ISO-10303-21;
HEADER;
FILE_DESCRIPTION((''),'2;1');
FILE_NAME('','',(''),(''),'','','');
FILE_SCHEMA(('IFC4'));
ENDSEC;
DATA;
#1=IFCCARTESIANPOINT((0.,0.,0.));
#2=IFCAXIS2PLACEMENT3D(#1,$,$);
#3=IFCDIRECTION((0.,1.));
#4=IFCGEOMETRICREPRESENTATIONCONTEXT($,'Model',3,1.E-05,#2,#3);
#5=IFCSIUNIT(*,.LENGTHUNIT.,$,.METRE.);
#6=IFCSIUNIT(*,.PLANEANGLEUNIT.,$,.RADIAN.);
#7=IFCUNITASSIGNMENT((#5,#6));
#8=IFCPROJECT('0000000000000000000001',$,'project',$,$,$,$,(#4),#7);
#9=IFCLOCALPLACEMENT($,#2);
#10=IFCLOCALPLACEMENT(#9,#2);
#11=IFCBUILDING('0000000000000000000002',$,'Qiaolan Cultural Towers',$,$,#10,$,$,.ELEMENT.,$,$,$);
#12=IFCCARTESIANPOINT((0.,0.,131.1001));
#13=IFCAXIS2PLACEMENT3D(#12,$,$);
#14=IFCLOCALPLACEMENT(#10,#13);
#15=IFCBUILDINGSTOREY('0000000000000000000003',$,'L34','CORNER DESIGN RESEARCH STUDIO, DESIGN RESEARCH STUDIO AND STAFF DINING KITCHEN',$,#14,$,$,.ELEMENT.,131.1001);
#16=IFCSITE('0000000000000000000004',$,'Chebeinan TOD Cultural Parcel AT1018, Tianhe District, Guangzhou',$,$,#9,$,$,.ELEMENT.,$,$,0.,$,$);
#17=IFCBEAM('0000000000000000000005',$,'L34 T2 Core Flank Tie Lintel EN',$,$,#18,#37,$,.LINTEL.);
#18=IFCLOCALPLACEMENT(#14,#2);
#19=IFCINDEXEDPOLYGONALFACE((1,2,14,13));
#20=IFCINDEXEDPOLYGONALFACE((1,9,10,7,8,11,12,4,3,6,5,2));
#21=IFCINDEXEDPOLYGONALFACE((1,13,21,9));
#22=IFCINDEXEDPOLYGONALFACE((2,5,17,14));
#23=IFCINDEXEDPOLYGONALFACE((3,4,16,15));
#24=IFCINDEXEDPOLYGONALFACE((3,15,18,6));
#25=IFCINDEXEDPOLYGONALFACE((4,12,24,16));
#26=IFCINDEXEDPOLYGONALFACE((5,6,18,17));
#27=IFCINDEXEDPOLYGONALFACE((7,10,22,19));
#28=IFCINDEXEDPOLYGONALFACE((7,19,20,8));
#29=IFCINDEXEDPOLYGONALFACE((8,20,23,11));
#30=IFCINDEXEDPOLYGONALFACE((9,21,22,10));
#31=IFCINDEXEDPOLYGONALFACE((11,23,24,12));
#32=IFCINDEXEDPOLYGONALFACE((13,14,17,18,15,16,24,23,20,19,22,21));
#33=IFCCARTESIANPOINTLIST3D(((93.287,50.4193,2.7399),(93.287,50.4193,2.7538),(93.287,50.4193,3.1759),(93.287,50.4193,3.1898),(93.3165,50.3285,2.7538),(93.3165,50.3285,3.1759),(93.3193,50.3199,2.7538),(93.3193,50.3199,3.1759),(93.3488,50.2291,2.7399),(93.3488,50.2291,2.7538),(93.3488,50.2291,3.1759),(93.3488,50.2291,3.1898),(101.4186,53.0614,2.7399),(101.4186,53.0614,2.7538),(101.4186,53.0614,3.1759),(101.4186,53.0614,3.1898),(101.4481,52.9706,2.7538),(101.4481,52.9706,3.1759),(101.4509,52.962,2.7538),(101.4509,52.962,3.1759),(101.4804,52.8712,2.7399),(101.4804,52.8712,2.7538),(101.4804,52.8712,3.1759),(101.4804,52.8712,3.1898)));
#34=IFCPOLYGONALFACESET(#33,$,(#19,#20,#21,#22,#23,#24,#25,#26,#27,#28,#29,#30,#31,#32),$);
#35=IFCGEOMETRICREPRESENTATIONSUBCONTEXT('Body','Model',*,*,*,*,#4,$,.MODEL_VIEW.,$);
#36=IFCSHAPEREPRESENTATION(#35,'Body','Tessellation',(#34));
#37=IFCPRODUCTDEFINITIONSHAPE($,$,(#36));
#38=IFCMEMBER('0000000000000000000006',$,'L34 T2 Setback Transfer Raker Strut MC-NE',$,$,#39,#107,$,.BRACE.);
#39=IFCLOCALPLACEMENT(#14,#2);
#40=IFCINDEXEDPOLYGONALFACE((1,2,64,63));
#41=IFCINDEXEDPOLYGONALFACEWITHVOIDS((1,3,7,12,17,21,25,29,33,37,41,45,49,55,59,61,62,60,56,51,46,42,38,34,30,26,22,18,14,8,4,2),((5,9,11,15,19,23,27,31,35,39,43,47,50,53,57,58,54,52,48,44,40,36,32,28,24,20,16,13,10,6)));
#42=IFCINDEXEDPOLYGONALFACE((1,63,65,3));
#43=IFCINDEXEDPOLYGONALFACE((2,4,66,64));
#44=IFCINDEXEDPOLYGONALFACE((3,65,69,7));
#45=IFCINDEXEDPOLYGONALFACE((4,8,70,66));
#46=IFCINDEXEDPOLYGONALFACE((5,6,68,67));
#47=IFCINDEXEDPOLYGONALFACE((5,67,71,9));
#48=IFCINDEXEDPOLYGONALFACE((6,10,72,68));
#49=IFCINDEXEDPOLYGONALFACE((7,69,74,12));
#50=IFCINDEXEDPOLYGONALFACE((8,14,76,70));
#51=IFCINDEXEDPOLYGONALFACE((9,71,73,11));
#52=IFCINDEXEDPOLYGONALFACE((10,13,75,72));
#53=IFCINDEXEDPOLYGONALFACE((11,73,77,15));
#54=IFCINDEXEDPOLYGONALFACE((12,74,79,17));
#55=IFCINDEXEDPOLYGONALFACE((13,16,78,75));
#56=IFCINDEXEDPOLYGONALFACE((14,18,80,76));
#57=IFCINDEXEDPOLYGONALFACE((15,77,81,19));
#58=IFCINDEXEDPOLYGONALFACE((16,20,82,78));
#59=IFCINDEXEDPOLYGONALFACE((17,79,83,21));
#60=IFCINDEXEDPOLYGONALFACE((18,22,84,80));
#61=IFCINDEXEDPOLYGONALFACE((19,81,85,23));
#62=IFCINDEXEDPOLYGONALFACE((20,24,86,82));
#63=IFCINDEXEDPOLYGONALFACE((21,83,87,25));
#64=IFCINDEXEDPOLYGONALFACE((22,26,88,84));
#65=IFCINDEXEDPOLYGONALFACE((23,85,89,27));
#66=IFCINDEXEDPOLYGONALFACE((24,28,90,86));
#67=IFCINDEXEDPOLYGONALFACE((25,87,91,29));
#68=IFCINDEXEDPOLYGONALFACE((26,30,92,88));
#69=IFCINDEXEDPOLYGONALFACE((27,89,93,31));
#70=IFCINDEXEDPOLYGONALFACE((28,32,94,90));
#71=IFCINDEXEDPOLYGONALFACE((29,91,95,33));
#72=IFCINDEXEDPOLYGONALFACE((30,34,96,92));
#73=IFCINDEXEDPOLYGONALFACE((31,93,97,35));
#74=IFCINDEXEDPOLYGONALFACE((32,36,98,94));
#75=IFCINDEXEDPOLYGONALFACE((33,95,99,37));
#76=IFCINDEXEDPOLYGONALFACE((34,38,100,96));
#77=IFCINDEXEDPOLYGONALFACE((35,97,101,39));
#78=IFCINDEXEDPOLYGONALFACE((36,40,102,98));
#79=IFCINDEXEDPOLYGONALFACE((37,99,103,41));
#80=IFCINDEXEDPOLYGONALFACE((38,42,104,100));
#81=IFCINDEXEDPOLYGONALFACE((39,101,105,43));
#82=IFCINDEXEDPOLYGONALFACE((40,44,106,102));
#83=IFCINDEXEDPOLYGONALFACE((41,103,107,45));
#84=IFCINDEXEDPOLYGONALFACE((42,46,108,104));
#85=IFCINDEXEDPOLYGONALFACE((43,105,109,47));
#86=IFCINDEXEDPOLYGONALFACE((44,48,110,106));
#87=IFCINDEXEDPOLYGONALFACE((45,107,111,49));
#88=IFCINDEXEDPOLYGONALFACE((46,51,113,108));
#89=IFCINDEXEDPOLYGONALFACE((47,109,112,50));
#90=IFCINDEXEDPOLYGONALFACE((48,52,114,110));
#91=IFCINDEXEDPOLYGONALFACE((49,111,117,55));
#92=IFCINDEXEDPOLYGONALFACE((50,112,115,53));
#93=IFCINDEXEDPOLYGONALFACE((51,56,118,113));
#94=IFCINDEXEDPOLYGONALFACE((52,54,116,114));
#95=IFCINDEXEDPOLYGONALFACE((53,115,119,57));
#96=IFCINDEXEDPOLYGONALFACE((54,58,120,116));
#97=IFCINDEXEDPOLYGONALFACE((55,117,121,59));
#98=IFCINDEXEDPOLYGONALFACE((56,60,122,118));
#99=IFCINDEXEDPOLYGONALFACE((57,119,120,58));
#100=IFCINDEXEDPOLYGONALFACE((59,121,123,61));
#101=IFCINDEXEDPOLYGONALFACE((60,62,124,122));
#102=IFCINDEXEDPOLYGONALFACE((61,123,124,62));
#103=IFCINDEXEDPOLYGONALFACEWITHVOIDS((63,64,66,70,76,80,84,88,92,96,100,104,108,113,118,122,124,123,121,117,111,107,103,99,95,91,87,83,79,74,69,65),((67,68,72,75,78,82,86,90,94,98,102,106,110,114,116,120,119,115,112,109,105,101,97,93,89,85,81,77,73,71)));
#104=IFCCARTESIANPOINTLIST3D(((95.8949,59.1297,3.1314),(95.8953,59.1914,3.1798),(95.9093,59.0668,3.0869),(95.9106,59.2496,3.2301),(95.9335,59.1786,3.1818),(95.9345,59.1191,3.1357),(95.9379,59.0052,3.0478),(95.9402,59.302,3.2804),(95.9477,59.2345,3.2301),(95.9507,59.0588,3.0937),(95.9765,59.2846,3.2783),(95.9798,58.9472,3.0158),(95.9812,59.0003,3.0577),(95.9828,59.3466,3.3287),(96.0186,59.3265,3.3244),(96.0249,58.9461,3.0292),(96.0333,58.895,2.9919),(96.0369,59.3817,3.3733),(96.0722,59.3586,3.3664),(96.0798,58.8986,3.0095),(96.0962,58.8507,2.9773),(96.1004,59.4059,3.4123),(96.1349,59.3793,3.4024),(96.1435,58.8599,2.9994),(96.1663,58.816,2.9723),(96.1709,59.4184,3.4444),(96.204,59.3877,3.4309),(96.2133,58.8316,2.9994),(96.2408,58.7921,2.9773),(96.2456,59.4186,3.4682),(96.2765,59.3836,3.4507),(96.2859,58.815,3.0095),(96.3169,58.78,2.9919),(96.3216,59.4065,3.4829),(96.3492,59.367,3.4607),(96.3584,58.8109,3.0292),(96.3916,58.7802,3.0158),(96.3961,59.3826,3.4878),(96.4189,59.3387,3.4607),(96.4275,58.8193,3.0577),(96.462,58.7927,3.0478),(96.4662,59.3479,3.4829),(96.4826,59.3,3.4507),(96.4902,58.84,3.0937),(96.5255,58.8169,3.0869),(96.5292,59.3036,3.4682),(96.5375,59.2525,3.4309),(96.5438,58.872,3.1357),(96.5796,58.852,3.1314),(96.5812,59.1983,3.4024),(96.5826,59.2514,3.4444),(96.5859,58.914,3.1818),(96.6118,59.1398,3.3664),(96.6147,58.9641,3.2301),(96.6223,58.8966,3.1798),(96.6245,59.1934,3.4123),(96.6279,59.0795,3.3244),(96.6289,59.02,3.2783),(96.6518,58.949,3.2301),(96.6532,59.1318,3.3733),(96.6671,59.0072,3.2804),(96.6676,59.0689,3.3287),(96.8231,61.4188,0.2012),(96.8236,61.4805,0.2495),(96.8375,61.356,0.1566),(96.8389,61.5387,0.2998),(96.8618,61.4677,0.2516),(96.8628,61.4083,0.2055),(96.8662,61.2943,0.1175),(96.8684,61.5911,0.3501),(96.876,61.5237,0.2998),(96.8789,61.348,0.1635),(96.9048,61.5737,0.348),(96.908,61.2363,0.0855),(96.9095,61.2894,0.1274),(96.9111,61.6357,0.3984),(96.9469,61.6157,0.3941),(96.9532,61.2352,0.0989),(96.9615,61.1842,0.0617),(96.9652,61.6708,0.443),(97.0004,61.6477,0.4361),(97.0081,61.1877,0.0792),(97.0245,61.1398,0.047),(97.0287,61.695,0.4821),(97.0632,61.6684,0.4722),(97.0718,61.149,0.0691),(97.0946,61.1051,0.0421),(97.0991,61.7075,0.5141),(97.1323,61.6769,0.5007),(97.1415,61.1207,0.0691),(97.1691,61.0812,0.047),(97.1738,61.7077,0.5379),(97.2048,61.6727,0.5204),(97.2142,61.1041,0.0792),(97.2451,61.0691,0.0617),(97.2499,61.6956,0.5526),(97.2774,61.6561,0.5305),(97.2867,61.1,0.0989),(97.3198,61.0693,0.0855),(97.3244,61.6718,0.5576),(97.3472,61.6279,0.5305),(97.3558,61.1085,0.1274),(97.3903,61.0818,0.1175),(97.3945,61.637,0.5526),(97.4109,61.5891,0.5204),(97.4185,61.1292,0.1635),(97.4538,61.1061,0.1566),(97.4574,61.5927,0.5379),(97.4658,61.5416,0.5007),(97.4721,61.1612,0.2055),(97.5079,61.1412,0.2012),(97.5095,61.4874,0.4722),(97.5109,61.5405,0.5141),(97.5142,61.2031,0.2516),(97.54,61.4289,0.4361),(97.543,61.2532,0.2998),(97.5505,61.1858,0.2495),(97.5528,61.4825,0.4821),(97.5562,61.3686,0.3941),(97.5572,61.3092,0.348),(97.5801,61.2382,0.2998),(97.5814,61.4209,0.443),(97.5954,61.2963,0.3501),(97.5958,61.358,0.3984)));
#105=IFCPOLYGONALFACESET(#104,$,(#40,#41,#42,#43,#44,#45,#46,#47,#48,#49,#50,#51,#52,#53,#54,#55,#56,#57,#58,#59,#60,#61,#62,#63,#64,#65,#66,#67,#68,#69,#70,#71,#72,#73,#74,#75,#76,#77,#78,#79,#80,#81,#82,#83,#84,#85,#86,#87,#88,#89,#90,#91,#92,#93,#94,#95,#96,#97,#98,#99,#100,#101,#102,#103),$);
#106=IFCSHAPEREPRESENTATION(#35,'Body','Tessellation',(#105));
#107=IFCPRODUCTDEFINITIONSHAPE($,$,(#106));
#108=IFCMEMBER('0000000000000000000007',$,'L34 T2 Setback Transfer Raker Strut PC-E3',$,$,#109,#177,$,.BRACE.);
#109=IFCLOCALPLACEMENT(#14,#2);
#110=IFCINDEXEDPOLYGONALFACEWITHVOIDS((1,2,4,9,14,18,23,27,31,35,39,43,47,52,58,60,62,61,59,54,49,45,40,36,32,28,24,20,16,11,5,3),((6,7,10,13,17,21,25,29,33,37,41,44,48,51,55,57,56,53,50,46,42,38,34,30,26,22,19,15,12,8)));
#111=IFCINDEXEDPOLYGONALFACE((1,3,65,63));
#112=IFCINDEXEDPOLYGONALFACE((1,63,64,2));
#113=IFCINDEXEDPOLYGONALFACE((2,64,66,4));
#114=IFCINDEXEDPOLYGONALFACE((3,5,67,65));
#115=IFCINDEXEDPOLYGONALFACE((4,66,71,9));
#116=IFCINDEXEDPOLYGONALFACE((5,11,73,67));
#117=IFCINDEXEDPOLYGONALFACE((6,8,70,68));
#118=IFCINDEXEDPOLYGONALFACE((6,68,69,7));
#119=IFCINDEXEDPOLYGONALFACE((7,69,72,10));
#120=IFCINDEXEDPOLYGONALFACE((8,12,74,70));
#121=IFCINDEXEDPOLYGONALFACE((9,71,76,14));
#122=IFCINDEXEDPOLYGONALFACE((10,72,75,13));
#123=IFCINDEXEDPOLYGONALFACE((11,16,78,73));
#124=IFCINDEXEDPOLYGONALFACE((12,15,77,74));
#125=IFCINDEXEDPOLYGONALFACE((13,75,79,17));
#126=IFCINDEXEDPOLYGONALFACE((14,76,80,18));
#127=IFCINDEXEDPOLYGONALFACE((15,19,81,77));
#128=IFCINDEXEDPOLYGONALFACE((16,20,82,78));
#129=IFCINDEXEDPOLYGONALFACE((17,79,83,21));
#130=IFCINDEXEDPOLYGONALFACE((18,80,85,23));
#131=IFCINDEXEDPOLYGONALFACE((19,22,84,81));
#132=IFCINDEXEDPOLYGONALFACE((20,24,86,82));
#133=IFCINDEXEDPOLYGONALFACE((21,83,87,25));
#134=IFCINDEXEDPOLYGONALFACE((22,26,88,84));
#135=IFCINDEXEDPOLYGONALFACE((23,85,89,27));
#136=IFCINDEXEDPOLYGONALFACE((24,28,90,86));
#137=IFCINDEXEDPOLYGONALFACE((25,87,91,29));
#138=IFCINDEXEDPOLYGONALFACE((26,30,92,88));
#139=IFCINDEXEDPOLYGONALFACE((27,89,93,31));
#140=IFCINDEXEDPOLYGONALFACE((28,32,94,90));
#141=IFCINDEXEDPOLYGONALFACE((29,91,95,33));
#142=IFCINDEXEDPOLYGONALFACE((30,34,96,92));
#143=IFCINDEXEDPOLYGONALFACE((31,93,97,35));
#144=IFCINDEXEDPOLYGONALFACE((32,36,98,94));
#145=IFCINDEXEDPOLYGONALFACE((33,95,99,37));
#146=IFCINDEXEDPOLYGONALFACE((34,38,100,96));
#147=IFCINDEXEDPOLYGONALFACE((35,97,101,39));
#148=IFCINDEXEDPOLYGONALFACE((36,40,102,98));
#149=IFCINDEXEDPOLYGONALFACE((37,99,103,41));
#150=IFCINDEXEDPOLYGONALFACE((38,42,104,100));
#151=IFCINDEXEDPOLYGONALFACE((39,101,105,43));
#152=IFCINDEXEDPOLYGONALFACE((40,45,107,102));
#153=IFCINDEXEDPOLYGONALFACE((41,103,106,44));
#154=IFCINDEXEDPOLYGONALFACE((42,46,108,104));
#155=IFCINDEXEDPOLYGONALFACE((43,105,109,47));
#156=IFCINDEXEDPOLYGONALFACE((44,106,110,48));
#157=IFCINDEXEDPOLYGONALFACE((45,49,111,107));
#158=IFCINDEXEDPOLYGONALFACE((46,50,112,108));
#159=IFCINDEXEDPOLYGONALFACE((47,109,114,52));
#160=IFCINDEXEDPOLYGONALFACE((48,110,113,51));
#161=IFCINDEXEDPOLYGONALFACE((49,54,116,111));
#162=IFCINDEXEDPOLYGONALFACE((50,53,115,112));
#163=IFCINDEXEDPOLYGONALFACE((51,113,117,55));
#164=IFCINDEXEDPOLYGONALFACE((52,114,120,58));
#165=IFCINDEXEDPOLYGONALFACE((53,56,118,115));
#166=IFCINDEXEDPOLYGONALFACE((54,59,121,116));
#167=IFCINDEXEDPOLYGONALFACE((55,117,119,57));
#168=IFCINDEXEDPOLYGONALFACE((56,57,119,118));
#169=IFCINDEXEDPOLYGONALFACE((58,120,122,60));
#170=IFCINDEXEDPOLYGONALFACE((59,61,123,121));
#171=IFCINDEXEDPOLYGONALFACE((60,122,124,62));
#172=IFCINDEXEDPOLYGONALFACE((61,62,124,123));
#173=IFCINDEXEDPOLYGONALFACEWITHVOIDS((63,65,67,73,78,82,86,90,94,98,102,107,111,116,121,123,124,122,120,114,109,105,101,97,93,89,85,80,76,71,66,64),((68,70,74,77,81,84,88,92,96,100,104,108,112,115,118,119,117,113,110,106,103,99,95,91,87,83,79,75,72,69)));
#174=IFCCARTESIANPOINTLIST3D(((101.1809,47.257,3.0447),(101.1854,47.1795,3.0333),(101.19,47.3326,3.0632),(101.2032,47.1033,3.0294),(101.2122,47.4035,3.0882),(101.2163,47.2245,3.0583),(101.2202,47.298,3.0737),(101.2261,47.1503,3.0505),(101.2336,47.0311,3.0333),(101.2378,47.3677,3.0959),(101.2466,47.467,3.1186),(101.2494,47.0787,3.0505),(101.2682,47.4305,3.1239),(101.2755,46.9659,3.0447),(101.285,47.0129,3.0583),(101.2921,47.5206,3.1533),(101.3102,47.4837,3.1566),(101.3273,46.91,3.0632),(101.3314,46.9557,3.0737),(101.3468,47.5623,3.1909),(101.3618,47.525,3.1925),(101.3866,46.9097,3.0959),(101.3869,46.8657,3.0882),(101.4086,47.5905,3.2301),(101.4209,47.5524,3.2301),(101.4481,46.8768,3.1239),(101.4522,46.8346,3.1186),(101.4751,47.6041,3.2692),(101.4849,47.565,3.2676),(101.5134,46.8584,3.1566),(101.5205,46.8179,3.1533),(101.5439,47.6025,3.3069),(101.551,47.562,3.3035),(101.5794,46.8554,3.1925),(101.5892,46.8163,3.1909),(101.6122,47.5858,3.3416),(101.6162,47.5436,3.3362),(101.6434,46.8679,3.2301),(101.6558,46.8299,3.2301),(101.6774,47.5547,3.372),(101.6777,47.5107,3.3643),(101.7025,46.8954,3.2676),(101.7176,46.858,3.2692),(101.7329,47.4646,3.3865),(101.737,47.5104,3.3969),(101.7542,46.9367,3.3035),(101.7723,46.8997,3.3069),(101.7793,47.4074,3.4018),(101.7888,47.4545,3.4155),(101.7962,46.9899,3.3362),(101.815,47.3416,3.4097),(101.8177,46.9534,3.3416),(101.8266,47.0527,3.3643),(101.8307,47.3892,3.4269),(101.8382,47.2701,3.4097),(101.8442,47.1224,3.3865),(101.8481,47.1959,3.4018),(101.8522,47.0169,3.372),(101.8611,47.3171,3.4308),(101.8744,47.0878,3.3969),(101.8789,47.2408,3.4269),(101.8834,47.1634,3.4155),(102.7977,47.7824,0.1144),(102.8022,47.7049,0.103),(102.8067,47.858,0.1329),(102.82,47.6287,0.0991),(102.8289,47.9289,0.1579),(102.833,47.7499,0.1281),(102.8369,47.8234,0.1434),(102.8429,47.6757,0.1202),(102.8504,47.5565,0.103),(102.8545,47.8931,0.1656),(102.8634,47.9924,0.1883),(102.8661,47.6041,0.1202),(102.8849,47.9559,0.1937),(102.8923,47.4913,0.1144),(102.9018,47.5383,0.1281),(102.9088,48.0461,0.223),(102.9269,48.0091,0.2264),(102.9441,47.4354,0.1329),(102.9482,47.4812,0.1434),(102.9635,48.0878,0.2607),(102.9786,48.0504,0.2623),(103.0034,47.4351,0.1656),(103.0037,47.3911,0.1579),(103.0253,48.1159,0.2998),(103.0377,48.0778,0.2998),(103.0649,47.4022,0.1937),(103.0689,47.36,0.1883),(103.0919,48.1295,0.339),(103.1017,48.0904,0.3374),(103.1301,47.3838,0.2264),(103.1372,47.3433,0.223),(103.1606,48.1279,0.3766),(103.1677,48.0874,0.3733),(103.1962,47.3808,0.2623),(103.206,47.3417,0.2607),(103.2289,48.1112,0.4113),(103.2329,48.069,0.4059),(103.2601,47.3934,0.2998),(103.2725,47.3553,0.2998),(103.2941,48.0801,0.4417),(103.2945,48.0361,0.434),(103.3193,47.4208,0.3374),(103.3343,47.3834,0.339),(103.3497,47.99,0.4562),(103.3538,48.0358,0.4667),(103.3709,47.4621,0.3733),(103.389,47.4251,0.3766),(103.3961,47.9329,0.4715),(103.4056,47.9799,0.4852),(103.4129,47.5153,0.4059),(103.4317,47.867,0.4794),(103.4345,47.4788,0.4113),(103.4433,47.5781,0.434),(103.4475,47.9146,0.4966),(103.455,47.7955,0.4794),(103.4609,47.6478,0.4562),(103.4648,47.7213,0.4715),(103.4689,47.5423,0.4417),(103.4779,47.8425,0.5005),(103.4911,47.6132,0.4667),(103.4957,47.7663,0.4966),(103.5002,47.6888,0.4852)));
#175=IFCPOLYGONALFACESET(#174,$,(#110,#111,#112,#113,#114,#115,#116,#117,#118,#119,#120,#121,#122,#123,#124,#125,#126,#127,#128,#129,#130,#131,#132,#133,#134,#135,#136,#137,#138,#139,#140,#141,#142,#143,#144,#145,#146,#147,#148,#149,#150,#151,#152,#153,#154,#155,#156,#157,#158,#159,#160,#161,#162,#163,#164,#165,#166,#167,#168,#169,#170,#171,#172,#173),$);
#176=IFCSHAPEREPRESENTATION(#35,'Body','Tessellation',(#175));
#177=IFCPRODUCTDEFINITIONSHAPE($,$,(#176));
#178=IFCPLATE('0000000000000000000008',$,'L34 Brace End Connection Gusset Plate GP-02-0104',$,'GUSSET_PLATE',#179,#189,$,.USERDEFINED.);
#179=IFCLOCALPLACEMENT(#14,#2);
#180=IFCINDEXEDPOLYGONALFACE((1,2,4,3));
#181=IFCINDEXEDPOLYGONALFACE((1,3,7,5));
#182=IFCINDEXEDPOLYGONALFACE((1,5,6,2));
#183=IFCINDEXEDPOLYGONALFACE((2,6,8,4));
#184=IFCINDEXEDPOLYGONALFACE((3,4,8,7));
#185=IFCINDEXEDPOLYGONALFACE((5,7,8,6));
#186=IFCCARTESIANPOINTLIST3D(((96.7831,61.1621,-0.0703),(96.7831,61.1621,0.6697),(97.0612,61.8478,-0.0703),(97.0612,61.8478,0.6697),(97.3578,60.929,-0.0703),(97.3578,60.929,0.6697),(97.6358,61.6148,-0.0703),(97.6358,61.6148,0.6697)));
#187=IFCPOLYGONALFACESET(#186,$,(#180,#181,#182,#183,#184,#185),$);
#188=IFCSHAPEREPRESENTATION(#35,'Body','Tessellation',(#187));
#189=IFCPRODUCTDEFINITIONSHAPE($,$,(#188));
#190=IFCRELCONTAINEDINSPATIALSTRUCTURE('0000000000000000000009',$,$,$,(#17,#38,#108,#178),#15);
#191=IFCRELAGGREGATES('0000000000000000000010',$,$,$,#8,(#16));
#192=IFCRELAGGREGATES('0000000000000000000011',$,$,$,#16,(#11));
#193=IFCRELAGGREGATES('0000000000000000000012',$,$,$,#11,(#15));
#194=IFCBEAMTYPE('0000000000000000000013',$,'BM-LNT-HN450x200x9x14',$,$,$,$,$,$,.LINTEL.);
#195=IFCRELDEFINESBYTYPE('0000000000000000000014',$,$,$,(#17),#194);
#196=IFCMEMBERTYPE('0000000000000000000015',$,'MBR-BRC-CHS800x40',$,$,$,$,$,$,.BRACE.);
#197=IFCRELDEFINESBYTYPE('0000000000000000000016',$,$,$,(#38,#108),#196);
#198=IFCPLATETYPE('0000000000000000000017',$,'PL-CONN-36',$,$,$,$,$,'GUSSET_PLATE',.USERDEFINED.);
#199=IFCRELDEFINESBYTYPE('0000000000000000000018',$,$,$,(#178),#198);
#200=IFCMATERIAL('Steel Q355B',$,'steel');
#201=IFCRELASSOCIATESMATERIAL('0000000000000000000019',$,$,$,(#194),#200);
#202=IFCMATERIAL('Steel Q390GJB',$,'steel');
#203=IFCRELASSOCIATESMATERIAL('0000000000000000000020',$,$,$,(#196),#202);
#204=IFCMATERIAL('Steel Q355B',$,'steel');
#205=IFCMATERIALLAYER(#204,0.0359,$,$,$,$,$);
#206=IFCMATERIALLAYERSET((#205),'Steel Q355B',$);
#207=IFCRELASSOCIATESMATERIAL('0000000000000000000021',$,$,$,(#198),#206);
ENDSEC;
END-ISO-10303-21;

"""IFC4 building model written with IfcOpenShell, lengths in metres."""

from ifc_helpers import new_model, si_unit, direction, frame, origin, origin_2d, place, context, subcontext, project, spatial, rectangle, hollow_circle, i_section, extrude, material, layer, layer_set, material_profile, profile_set, type_object, element, save


model = new_model("IFC4")

# Units and contexts
model_context = context("Model", 3, precision=1e-05, world=origin(), true_north=direction((0.0, 1.0)))
body_context = subcontext(model_context, "Body", "Model", "MODEL_VIEW")
ifc_project = project(units=[si_unit("LENGTHUNIT", "METRE"), si_unit("PLANEANGLEUNIT", "RADIAN")], contexts=[model_context])

# Site, building, storey
site_placement = place(None, origin())
site = spatial("IfcSite", under=ifc_project, at=site_placement, Name="Chebeinan TOD Cultural Parcel AT1018, Tianhe District, Guangzhou", CompositionType="ELEMENT", RefElevation=0.0)
building_placement = place(site_placement, origin())
building = spatial("IfcBuilding", under=site, at=building_placement, Name="Qiaolan Cultural Towers", CompositionType="ELEMENT")
storey_placement = place(building_placement, frame((0.0, 0.0, 131.1001)))
storey = spatial("IfcBuildingStorey", under=building, at=storey_placement, Name="L34", Description="CORNER DESIGN RESEARCH STUDIO, DESIGN RESEARCH STUDIO AND STAFF DINING KITCHEN", CompositionType="ELEMENT", Elevation=131.1001)

# Beam
ifc_material_1 = material(Name="Steel Q355B", Category="steel")
ifc_material_profile_1 = material_profile(ifc_material_1, i_section(OverallWidth=0.2, OverallDepth=0.45, WebThickness=0.009, FlangeThickness=0.0139, at=origin_2d()), Name="HN450x200x9x14")
ifc_profile_set_1 = profile_set([ifc_material_profile_1], Name="Steel Q355B")
beam_type_1 = type_object("IfcBeamType", Name="BM-LNT-HN450x200x9x14", PredefinedType="LINTEL", material=ifc_profile_set_1)
beam_1_placement = place(storey_placement, frame((93.3179, 50.3242, 2.9648), z_axis=(0.951057, 0.309014, 0.0), x_axis=(-0.309014, 0.951057, 0.0)))
element("IfcBeam", 1, at=beam_1_placement, inside=storey, type_object=beam_type_1, Name="L34 T2 Core Flank Tie Lintel EN", PredefinedType="LINTEL", context=body_context, shape_type="SweptSolid", body=[
    extrude(i_section(OverallWidth=0.2, OverallDepth=0.45, WebThickness=0.009, FlangeThickness=0.0139, at=origin_2d()), origin(), (0.0, 0.0, 1.0), 8.55),
])

# Members
ifc_material_2 = material(Name="Steel Q390GJB", Category="steel")
ifc_material_profile_2 = material_profile(ifc_material_2, hollow_circle(Radius=0.3999, WallThickness=0.04, at=origin_2d()), Name="CHS800x40")
ifc_profile_set_2 = profile_set([ifc_material_profile_2], Name="Steel Q390GJB")
member_type = type_object("IfcMemberType", Name="MBR-BRC-CHS800x40", PredefinedType="BRACE", material=ifc_profile_set_2)
member_1_placement = place(storey_placement, frame((97.2095, 61.3884, 0.2998), z_axis=(-0.242204, -0.597291, 0.764579), x_axis=(0.926708, -0.375783, 0.0)))
element("IfcMember", 2, at=member_1_placement, inside=storey, type_object=member_type, Name="L34 T2 Setback Transfer Raker Strut MC-NE", PredefinedType="BRACE", context=body_context, shape_type="SweptSolid", body=[
    extrude(hollow_circle(Radius=0.3999, WallThickness=0.04, at=origin_2d()), origin(), (0.0, 0.0, 1.0), 3.8325),
])
member_2_placement = place(storey_placement, frame((103.1489, 47.7356, 0.2998), z_axis=(-0.477243, -0.155093, 0.864977), x_axis=(0.309067, -0.95104, 0.0)))
element("IfcMember", 3, at=member_2_placement, inside=storey, type_object=member_type, Name="L34 T2 Setback Transfer Raker Strut PC-E3", PredefinedType="BRACE", context=body_context, shape_type="SweptSolid", body=[
    extrude(hollow_circle(Radius=0.3999, WallThickness=0.04, at=origin_2d()), origin(), (0.0, 0.0, 1.0), 3.3877),
])

# Plate
ifc_material_3 = material(Name="Steel Q355B", Category="steel")
ifc_layer_1 = layer(ifc_material_3, 0.0359)
ifc_layer_set_1 = layer_set([ifc_layer_1], Name="Steel Q355B")
plate_type_1 = type_object("IfcPlateType", Name="PL-CONN-36", ElementType="GUSSET_PLATE", PredefinedType="USERDEFINED", material=ifc_layer_set_1)
for number, where, z_axis, x_axis, name in (
    (4, (97.2095, 61.3884, -0.0703), (0.0, 0.0, 1.0), (0.375786, 0.926707, 0.0), "L34 Brace End Connection Gusset Plate GP-02-0104"),
):
    element("IfcPlate", number, at=place(storey_placement, frame(where, z_axis=z_axis, x_axis=x_axis)), inside=storey, type_object=plate_type_1, Name=name, ObjectType="GUSSET_PLATE", PredefinedType="USERDEFINED", context=body_context, shape_type="SweptSolid", body=[
        extrude(rectangle(XDim=0.74, YDim=0.6201, at=origin_2d()), origin(), (0.0, 0.0, 1.0), 0.74),
    ])

save(model, "model.ifc")
